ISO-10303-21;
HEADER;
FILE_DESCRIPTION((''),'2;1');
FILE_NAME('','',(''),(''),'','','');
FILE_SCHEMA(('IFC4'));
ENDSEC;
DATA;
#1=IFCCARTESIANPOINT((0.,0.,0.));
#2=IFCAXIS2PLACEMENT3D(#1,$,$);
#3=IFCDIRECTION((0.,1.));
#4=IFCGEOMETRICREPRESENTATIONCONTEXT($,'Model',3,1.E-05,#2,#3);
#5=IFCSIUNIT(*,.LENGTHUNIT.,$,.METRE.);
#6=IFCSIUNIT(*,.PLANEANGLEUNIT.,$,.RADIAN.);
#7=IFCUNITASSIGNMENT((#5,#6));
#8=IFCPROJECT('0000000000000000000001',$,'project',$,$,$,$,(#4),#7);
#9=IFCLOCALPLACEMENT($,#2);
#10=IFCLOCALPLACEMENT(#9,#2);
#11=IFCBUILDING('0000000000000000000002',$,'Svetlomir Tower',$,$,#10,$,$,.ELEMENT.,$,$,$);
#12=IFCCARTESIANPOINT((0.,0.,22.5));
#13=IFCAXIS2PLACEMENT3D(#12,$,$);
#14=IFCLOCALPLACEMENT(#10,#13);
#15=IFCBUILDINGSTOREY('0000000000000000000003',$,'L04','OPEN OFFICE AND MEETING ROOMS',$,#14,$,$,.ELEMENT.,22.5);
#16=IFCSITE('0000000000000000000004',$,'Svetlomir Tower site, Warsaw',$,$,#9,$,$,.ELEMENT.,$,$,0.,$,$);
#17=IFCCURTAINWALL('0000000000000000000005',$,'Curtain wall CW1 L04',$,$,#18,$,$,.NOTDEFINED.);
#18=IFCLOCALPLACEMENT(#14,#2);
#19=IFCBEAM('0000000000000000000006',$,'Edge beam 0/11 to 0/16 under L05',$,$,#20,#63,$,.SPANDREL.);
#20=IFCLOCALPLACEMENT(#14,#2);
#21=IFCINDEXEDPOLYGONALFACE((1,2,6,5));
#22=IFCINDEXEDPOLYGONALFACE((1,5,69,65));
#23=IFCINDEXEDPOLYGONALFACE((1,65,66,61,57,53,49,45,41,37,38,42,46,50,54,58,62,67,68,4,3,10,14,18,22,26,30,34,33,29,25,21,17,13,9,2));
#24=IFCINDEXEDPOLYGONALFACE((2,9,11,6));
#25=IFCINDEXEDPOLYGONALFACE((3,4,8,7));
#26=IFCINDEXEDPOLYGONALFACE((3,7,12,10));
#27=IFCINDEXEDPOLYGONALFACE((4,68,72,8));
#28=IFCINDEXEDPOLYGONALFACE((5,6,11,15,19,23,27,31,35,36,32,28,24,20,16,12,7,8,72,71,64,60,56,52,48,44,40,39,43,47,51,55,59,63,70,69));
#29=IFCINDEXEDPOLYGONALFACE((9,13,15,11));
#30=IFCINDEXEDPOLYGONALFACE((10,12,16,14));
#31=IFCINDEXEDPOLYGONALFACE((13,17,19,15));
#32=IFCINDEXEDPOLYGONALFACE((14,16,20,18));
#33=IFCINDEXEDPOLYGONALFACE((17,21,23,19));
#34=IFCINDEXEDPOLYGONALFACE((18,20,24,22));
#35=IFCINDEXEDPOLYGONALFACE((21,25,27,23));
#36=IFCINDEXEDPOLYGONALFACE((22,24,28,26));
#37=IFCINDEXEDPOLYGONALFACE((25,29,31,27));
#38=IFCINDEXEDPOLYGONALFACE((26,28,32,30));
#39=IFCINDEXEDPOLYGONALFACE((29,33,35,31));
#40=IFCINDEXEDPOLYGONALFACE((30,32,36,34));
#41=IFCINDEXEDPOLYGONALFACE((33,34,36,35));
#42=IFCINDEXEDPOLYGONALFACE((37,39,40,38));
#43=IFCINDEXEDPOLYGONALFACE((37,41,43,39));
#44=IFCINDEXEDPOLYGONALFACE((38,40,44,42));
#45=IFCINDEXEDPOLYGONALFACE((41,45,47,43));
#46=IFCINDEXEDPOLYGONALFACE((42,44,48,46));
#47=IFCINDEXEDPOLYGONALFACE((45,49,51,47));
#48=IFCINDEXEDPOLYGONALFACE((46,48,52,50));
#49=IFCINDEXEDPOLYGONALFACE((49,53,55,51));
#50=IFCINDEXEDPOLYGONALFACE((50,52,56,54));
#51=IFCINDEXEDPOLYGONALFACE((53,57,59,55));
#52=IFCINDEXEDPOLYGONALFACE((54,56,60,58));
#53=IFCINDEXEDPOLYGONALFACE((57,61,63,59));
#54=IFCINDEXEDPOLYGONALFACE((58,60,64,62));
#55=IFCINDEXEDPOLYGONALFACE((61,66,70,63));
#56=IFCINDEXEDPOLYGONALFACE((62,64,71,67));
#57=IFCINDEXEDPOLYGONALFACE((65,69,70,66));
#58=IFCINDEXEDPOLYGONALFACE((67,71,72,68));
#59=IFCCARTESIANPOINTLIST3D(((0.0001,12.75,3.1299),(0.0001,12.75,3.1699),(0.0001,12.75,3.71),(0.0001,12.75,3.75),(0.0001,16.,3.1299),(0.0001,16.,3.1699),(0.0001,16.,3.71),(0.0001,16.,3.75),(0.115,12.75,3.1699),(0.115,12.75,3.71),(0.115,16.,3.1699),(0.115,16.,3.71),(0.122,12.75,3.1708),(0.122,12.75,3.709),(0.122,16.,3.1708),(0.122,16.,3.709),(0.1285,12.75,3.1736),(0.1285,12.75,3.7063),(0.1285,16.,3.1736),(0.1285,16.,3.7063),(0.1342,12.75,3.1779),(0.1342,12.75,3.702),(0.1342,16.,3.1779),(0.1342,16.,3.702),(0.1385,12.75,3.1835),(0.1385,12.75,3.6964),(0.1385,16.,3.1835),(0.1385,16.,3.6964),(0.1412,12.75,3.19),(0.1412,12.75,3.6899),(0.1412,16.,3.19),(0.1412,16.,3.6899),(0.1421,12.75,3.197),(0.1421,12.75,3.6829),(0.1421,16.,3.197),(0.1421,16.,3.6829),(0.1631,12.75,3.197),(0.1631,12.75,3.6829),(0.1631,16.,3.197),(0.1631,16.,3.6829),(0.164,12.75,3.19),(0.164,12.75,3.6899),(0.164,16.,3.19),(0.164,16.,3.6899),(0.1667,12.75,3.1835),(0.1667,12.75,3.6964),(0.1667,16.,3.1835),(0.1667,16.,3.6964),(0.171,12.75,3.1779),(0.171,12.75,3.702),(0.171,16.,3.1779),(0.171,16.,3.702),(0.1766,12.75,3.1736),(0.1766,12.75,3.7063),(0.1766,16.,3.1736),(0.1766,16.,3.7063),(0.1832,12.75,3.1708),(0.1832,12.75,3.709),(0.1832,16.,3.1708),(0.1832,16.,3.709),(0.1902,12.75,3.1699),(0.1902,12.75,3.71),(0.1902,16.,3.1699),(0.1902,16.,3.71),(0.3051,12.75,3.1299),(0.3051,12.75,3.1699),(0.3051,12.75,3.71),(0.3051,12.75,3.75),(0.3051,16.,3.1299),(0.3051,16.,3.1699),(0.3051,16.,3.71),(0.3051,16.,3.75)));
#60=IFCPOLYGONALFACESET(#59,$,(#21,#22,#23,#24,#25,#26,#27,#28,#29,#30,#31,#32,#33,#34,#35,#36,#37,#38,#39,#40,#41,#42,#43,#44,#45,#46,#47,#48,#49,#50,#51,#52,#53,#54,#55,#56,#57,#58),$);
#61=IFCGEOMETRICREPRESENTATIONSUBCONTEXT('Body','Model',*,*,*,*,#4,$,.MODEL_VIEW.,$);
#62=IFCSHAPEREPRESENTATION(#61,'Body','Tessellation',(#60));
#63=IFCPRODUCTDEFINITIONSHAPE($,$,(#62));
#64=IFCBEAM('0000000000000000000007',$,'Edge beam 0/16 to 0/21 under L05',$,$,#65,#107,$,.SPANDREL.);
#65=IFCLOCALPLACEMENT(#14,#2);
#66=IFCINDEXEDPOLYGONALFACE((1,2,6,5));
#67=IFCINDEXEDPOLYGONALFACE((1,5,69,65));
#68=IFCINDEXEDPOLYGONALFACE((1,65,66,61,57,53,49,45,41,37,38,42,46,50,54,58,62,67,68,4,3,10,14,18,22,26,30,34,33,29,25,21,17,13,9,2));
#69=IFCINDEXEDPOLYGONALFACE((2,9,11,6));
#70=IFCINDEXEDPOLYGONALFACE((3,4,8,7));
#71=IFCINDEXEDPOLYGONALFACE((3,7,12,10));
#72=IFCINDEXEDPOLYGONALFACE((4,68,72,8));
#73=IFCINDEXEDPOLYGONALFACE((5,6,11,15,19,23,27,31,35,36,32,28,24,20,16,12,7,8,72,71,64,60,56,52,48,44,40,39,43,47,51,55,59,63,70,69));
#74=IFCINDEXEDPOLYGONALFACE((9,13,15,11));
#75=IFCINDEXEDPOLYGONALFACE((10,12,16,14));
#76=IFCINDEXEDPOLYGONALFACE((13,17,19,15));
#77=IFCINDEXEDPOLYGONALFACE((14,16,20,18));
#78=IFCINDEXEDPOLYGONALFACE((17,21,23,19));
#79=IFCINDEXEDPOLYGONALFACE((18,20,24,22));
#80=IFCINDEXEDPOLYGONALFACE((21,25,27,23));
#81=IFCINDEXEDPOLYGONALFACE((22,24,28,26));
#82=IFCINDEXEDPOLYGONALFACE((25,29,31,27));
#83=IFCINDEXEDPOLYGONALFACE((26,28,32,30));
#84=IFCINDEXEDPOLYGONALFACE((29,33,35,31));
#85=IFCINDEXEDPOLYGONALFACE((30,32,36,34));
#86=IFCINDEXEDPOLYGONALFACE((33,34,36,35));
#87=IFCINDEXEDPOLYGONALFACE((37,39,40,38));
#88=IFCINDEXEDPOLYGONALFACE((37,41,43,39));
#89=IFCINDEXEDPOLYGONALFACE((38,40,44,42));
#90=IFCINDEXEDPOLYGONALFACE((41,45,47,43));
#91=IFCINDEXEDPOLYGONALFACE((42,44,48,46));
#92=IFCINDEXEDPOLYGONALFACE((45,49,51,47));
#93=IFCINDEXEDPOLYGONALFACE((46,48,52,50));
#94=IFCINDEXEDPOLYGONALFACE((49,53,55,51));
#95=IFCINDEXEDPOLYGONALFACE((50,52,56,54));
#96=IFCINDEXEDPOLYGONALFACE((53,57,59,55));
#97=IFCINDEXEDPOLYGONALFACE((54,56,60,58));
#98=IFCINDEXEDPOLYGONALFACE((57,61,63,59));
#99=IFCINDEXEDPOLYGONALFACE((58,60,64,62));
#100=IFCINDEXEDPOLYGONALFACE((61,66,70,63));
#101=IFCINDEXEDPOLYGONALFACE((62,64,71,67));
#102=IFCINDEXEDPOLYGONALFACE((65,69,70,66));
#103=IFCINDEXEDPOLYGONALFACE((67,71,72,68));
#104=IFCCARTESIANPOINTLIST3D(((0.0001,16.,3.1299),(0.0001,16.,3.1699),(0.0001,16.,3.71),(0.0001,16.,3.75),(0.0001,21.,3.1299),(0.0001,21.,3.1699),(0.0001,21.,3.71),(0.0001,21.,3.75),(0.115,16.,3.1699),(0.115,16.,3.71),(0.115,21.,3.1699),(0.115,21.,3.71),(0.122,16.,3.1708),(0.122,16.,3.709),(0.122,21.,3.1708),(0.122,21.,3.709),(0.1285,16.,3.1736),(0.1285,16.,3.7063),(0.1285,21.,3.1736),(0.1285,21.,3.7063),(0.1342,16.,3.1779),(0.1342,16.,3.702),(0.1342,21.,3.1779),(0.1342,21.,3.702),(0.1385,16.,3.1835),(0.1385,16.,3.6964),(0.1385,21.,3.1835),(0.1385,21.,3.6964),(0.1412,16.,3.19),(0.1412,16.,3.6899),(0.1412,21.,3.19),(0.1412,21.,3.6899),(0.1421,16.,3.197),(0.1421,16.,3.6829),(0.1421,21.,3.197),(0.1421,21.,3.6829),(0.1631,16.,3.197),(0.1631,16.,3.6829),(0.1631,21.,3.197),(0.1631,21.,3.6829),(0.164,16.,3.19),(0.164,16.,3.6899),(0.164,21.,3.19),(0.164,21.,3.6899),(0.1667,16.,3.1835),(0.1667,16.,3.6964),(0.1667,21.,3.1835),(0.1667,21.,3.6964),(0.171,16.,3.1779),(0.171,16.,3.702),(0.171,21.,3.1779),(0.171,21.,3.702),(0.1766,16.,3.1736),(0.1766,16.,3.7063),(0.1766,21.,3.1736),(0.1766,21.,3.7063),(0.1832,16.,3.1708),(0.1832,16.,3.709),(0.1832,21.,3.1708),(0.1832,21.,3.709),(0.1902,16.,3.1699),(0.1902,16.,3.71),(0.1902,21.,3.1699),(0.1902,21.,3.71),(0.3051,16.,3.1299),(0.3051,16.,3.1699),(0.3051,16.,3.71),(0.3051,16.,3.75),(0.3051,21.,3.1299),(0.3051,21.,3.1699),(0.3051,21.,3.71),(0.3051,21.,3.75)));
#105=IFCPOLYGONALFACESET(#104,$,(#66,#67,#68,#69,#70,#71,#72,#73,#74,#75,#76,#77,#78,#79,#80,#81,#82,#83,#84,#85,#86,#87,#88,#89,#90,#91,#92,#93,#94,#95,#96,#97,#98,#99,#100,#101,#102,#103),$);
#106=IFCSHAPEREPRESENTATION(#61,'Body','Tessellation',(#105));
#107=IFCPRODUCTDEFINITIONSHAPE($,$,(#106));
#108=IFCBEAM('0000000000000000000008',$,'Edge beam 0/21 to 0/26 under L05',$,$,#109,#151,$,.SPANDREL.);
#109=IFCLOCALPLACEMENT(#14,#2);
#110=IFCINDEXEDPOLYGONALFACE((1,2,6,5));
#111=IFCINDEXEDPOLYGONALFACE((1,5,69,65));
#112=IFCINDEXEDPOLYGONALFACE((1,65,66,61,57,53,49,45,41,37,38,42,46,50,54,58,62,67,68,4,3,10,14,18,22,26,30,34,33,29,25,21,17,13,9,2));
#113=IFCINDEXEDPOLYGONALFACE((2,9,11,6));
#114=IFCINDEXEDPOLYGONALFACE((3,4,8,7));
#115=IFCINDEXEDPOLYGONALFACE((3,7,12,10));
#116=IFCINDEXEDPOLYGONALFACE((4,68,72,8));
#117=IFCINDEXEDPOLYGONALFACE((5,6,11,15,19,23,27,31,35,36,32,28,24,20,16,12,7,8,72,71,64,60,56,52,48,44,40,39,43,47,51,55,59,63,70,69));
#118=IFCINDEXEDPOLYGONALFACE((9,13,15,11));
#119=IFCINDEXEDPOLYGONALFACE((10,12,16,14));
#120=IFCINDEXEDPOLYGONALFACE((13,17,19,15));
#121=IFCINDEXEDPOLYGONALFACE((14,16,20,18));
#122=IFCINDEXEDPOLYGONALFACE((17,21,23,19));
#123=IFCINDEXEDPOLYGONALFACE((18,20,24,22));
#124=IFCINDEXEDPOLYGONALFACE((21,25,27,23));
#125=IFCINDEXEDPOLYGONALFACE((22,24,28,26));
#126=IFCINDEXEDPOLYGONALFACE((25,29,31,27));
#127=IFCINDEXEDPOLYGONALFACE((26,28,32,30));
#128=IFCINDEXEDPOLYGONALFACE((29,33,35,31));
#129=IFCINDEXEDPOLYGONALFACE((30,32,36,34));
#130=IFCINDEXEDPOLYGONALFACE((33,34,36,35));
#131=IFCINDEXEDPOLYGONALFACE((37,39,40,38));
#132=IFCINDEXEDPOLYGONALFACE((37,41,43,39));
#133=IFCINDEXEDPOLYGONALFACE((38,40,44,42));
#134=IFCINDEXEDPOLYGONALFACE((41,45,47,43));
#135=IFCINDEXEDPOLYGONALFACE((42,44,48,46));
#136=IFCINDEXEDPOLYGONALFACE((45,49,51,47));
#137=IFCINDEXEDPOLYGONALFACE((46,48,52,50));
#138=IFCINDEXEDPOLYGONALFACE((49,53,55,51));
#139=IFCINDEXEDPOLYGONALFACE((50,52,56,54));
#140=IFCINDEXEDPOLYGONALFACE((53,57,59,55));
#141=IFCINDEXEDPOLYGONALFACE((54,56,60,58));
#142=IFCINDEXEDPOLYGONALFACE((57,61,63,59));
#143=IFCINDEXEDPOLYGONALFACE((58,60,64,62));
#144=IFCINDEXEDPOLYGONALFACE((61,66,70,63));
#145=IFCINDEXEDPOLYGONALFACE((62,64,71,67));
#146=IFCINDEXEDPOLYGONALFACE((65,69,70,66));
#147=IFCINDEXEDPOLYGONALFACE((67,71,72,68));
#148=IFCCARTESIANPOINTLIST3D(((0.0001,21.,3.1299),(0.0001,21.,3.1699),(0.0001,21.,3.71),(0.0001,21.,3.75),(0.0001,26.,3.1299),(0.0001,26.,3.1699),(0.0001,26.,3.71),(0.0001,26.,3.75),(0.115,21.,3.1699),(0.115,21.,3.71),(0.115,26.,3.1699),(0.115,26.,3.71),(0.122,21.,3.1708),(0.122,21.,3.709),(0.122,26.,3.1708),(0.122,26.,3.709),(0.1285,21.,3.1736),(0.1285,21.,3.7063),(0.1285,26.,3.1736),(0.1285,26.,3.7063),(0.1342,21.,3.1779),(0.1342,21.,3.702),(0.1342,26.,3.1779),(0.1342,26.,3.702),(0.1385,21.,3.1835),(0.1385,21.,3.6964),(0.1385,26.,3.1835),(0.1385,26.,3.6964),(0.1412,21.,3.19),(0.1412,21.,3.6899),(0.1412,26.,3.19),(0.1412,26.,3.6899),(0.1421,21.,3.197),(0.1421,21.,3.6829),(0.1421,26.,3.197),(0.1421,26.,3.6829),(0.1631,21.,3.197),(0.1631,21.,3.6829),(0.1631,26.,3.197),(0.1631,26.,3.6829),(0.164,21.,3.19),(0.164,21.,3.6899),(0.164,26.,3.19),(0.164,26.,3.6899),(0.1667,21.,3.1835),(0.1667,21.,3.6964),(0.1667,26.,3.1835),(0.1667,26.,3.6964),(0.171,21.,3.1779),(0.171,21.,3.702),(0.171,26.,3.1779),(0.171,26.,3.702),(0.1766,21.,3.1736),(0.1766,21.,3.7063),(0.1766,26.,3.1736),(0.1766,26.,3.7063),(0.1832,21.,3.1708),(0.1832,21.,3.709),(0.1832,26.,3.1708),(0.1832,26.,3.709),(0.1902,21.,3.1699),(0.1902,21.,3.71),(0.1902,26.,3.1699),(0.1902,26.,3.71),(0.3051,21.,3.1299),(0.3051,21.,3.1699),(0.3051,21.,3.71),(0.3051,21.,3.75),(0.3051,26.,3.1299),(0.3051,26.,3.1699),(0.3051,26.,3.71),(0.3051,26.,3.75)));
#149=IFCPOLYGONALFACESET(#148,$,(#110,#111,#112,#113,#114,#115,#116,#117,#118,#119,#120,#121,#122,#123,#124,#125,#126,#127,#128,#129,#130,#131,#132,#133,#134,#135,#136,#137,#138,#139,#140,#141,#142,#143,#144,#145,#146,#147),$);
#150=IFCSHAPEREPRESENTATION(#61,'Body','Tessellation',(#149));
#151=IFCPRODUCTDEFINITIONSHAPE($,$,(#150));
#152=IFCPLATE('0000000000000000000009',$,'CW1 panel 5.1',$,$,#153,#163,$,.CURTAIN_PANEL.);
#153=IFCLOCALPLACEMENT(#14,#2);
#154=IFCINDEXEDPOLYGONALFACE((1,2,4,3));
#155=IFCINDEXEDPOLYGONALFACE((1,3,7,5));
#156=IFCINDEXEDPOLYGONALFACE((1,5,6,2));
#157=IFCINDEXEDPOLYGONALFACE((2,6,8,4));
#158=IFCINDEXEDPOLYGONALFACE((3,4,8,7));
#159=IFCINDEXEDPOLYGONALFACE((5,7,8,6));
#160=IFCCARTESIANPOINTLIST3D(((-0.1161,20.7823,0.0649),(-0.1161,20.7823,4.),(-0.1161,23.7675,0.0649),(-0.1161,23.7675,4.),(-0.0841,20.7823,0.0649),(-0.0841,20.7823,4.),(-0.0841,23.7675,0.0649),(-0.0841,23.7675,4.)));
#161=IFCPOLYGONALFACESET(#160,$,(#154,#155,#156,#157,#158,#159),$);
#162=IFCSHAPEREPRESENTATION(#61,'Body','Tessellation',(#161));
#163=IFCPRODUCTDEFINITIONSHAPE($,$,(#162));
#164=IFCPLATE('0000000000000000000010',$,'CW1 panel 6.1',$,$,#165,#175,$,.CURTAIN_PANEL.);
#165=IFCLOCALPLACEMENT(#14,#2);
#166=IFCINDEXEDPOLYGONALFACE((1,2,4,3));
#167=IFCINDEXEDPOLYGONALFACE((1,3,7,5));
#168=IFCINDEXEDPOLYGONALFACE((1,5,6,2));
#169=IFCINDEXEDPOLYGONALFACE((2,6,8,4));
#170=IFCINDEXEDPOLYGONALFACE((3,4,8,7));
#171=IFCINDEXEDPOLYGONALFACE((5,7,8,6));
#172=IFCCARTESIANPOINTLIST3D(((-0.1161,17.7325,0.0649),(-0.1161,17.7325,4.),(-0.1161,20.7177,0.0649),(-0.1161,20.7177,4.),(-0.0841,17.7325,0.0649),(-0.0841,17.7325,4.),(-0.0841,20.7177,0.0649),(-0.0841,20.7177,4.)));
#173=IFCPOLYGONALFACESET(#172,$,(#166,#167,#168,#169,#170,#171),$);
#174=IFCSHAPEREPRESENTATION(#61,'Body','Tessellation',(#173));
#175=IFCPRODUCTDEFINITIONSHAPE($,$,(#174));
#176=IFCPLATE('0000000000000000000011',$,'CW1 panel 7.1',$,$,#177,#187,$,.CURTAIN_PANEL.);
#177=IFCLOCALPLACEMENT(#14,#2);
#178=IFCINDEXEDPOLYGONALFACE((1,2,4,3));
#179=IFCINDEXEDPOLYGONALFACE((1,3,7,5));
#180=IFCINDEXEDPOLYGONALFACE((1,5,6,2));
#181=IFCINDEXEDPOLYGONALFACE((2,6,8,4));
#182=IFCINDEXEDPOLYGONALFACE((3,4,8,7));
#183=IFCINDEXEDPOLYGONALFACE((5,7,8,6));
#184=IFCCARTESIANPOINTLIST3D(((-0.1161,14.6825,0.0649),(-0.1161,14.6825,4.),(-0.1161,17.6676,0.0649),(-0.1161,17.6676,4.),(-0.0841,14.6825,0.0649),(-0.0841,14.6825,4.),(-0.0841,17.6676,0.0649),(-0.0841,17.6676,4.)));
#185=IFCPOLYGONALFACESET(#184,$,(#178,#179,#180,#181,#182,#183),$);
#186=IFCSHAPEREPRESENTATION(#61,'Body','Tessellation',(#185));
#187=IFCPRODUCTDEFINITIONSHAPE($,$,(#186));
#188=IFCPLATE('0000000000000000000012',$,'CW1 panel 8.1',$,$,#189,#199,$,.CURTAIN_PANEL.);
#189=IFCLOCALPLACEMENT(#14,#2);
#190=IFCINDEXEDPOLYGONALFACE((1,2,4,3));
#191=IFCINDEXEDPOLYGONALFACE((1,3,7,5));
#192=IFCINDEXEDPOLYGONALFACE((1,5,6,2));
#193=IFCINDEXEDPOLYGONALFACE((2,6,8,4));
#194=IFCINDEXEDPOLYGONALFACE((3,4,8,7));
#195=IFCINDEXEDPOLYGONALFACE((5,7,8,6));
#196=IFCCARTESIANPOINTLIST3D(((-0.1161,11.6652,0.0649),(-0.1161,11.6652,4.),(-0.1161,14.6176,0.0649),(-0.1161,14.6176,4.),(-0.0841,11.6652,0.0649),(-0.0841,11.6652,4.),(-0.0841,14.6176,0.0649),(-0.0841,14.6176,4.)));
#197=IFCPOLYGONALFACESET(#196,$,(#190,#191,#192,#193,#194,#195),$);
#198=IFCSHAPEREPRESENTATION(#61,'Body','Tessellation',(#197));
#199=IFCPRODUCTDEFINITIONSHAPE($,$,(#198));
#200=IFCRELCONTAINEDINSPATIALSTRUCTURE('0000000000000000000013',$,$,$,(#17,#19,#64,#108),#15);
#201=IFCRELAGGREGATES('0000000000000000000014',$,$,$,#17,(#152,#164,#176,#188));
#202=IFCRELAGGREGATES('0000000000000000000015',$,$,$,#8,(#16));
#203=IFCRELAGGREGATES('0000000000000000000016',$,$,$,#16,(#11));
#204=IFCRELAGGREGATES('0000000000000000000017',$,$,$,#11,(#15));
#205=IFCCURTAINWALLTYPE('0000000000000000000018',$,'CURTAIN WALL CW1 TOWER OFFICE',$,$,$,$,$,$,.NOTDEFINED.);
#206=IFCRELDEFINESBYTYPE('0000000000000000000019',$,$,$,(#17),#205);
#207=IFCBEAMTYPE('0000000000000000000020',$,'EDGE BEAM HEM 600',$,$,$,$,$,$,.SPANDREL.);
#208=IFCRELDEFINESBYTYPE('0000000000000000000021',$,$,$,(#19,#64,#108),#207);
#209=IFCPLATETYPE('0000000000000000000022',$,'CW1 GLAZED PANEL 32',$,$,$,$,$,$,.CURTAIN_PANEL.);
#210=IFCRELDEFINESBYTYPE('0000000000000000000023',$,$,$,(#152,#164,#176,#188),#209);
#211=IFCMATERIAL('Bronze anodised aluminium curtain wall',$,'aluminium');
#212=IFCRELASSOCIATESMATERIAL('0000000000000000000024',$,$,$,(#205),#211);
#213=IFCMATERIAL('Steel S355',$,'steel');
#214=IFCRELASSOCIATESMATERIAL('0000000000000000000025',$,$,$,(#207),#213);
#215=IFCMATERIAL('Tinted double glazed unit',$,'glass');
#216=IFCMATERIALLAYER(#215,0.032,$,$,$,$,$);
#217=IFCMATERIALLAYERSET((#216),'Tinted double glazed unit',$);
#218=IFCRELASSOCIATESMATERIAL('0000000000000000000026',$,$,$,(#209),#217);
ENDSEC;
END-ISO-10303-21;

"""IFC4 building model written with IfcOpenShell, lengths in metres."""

from ifc_helpers import new_model, si_unit, direction, frame, origin, origin_2d, place, context, subcontext, project, spatial, rectangle, i_section, extrude, material, layer, layer_set, material_profile, profile_set, type_object, element, aggregate, save


model = new_model("IFC4")

# Units and contexts
model_context = context("Model", 3, precision=1e-05, world=origin(), true_north=direction((0.0, 1.0)))
body_context = subcontext(model_context, "Body", "Model", "MODEL_VIEW")
ifc_project = project(units=[si_unit("LENGTHUNIT", "METRE"), si_unit("PLANEANGLEUNIT", "RADIAN")], contexts=[model_context])

# Site, building, storey
site_placement = place(None, origin())
site = spatial("IfcSite", under=ifc_project, at=site_placement, Name="Svetlomir Tower site, Warsaw", CompositionType="ELEMENT", RefElevation=0.0)
building_placement = place(site_placement, origin())
building = spatial("IfcBuilding", under=site, at=building_placement, Name="Svetlomir Tower", CompositionType="ELEMENT")
storey_placement = place(building_placement, frame((0.0, 0.0, 22.5)))
storey = spatial("IfcBuildingStorey", under=building, at=storey_placement, Name="L04", Description="OPEN OFFICE AND MEETING ROOMS", CompositionType="ELEMENT", Elevation=22.5)

# Curtain wall
ifc_material_1 = material(Name="Bronze anodised aluminium curtain wall", Category="aluminium")
curtain_wall_type = type_object("IfcCurtainWallType", Name="CURTAIN WALL CW1 TOWER OFFICE", PredefinedType="NOTDEFINED", material=ifc_material_1)
curtain_wall_placement = place(storey_placement, origin())
curtain_wall = element("IfcCurtainWall", 1, at=curtain_wall_placement, inside=storey, type_object=curtain_wall_type, Name="Curtain wall CW1 L04", PredefinedType="NOTDEFINED")

# Beams
ifc_material_2 = material(Name="Steel S355", Category="steel")
ifc_material_profile_1 = material_profile(ifc_material_2, i_section(OverallWidth=0.3049, OverallDepth=0.6201, WebThickness=0.021, FlangeThickness=0.04, FilletRadius=0.0271, at=origin_2d()), Name="HEM 600")
ifc_profile_set_1 = profile_set([ifc_material_profile_1], Name="Steel S355")
beam_type = type_object("IfcBeamType", Name="EDGE BEAM HEM 600", PredefinedType="SPANDREL", material=ifc_profile_set_1)
beam_placement = place(storey_placement, frame((0.1526, 12.75, 3.4399), z_axis=(0.0, 1.0, 0.0), x_axis=(-1.0, 0.0, 0.0)))
element("IfcBeam", 2, at=beam_placement, inside=storey, type_object=beam_type, Name="Edge beam 0/11 to 0/16 under L05", PredefinedType="SPANDREL", context=body_context, shape_type="SweptSolid", body=[
    extrude(i_section(OverallWidth=0.3049, OverallDepth=0.6201, WebThickness=0.021, FlangeThickness=0.04, FilletRadius=0.0271, at=origin_2d()), origin(), (0.0, 0.0, 1.0), 3.25),
])
for number, where, z_axis, x_axis, name in (
    (3, (0.1526, 16.0, 3.4399), (0.0, 1.0, 0.0), (-1.0, 0.0, 0.0), "Edge beam 0/16 to 0/21 under L05"),
    (4, (0.1526, 21.0, 3.4399), (0.0, 1.0, 0.0), (-1.0, 0.0, 0.0), "Edge beam 0/21 to 0/26 under L05"),
):
    element("IfcBeam", number, at=place(storey_placement, frame(where, z_axis=z_axis, x_axis=x_axis)), inside=storey, type_object=beam_type, Name=name, PredefinedType="SPANDREL", context=body_context, shape_type="SweptSolid", body=[
        extrude(i_section(OverallWidth=0.3049, OverallDepth=0.6201, WebThickness=0.021, FlangeThickness=0.04, FilletRadius=0.0271, at=origin_2d()), origin(), (0.0, 0.0, 1.0), 5.0),
    ])

# Plates
ifc_material_3 = material(Name="Tinted double glazed unit", Category="glass")
ifc_layer_1 = layer(ifc_material_3, 0.032)
ifc_layer_set_1 = layer_set([ifc_layer_1], Name="Tinted double glazed unit")
plate_type = type_object("IfcPlateType", Name="CW1 GLAZED PANEL 32", PredefinedType="CURTAIN_PANEL", material=ifc_layer_set_1)
plate_1_placement = place(storey_placement, frame((-0.1001, 22.2749, 0.0649), z_axis=(0.0, 0.0, 1.0), x_axis=(0.0, -1.0, 0.0)))
plate_1 = element("IfcPlate", 5, at=plate_1_placement, type_object=plate_type, Name="CW1 panel 5.1", PredefinedType="CURTAIN_PANEL", context=body_context, shape_type="SweptSolid", body=[
    extrude(rectangle(XDim=2.9851, YDim=0.032, at=origin_2d()), origin(), (0.0, 0.0, 1.0), 3.9351),
])
plate_2_placement = place(storey_placement, frame((-0.1001, 19.2251, 0.0649), z_axis=(0.0, 0.0, 1.0), x_axis=(0.0, -1.0, 0.0)))
plate_2 = element("IfcPlate", 6, at=plate_2_placement, type_object=plate_type, Name="CW1 panel 6.1", PredefinedType="CURTAIN_PANEL", context=body_context, shape_type="SweptSolid", body=[
    extrude(rectangle(XDim=2.9851, YDim=0.032, at=origin_2d()), origin(), (0.0, 0.0, 1.0), 3.9351),
])
plate_3_placement = place(storey_placement, frame((-0.1001, 16.175, 0.0649), z_axis=(0.0, 0.0, 1.0), x_axis=(0.0, -1.0, 0.0)))
plate_3 = element("IfcPlate", 7, at=plate_3_placement, type_object=plate_type, Name="CW1 panel 7.1", PredefinedType="CURTAIN_PANEL", context=body_context, shape_type="SweptSolid", body=[
    extrude(rectangle(XDim=2.9851, YDim=0.032, at=origin_2d()), origin(), (0.0, 0.0, 1.0), 3.9351),
])
plate_4_placement = place(storey_placement, frame((-0.1001, 13.1414, 0.0649), z_axis=(0.0, 0.0, 1.0), x_axis=(0.0, -1.0, 0.0)))
plate_4 = element("IfcPlate", 8, at=plate_4_placement, type_object=plate_type, Name="CW1 panel 8.1", PredefinedType="CURTAIN_PANEL", context=body_context, shape_type="SweptSolid", body=[
    extrude(rectangle(XDim=2.9524, YDim=0.032, at=origin_2d()), origin(), (0.0, 0.0, 1.0), 3.9351),
])
aggregate(curtain_wall, [plate_1, plate_2, plate_3, plate_4])

save(model, "model.ifc")
